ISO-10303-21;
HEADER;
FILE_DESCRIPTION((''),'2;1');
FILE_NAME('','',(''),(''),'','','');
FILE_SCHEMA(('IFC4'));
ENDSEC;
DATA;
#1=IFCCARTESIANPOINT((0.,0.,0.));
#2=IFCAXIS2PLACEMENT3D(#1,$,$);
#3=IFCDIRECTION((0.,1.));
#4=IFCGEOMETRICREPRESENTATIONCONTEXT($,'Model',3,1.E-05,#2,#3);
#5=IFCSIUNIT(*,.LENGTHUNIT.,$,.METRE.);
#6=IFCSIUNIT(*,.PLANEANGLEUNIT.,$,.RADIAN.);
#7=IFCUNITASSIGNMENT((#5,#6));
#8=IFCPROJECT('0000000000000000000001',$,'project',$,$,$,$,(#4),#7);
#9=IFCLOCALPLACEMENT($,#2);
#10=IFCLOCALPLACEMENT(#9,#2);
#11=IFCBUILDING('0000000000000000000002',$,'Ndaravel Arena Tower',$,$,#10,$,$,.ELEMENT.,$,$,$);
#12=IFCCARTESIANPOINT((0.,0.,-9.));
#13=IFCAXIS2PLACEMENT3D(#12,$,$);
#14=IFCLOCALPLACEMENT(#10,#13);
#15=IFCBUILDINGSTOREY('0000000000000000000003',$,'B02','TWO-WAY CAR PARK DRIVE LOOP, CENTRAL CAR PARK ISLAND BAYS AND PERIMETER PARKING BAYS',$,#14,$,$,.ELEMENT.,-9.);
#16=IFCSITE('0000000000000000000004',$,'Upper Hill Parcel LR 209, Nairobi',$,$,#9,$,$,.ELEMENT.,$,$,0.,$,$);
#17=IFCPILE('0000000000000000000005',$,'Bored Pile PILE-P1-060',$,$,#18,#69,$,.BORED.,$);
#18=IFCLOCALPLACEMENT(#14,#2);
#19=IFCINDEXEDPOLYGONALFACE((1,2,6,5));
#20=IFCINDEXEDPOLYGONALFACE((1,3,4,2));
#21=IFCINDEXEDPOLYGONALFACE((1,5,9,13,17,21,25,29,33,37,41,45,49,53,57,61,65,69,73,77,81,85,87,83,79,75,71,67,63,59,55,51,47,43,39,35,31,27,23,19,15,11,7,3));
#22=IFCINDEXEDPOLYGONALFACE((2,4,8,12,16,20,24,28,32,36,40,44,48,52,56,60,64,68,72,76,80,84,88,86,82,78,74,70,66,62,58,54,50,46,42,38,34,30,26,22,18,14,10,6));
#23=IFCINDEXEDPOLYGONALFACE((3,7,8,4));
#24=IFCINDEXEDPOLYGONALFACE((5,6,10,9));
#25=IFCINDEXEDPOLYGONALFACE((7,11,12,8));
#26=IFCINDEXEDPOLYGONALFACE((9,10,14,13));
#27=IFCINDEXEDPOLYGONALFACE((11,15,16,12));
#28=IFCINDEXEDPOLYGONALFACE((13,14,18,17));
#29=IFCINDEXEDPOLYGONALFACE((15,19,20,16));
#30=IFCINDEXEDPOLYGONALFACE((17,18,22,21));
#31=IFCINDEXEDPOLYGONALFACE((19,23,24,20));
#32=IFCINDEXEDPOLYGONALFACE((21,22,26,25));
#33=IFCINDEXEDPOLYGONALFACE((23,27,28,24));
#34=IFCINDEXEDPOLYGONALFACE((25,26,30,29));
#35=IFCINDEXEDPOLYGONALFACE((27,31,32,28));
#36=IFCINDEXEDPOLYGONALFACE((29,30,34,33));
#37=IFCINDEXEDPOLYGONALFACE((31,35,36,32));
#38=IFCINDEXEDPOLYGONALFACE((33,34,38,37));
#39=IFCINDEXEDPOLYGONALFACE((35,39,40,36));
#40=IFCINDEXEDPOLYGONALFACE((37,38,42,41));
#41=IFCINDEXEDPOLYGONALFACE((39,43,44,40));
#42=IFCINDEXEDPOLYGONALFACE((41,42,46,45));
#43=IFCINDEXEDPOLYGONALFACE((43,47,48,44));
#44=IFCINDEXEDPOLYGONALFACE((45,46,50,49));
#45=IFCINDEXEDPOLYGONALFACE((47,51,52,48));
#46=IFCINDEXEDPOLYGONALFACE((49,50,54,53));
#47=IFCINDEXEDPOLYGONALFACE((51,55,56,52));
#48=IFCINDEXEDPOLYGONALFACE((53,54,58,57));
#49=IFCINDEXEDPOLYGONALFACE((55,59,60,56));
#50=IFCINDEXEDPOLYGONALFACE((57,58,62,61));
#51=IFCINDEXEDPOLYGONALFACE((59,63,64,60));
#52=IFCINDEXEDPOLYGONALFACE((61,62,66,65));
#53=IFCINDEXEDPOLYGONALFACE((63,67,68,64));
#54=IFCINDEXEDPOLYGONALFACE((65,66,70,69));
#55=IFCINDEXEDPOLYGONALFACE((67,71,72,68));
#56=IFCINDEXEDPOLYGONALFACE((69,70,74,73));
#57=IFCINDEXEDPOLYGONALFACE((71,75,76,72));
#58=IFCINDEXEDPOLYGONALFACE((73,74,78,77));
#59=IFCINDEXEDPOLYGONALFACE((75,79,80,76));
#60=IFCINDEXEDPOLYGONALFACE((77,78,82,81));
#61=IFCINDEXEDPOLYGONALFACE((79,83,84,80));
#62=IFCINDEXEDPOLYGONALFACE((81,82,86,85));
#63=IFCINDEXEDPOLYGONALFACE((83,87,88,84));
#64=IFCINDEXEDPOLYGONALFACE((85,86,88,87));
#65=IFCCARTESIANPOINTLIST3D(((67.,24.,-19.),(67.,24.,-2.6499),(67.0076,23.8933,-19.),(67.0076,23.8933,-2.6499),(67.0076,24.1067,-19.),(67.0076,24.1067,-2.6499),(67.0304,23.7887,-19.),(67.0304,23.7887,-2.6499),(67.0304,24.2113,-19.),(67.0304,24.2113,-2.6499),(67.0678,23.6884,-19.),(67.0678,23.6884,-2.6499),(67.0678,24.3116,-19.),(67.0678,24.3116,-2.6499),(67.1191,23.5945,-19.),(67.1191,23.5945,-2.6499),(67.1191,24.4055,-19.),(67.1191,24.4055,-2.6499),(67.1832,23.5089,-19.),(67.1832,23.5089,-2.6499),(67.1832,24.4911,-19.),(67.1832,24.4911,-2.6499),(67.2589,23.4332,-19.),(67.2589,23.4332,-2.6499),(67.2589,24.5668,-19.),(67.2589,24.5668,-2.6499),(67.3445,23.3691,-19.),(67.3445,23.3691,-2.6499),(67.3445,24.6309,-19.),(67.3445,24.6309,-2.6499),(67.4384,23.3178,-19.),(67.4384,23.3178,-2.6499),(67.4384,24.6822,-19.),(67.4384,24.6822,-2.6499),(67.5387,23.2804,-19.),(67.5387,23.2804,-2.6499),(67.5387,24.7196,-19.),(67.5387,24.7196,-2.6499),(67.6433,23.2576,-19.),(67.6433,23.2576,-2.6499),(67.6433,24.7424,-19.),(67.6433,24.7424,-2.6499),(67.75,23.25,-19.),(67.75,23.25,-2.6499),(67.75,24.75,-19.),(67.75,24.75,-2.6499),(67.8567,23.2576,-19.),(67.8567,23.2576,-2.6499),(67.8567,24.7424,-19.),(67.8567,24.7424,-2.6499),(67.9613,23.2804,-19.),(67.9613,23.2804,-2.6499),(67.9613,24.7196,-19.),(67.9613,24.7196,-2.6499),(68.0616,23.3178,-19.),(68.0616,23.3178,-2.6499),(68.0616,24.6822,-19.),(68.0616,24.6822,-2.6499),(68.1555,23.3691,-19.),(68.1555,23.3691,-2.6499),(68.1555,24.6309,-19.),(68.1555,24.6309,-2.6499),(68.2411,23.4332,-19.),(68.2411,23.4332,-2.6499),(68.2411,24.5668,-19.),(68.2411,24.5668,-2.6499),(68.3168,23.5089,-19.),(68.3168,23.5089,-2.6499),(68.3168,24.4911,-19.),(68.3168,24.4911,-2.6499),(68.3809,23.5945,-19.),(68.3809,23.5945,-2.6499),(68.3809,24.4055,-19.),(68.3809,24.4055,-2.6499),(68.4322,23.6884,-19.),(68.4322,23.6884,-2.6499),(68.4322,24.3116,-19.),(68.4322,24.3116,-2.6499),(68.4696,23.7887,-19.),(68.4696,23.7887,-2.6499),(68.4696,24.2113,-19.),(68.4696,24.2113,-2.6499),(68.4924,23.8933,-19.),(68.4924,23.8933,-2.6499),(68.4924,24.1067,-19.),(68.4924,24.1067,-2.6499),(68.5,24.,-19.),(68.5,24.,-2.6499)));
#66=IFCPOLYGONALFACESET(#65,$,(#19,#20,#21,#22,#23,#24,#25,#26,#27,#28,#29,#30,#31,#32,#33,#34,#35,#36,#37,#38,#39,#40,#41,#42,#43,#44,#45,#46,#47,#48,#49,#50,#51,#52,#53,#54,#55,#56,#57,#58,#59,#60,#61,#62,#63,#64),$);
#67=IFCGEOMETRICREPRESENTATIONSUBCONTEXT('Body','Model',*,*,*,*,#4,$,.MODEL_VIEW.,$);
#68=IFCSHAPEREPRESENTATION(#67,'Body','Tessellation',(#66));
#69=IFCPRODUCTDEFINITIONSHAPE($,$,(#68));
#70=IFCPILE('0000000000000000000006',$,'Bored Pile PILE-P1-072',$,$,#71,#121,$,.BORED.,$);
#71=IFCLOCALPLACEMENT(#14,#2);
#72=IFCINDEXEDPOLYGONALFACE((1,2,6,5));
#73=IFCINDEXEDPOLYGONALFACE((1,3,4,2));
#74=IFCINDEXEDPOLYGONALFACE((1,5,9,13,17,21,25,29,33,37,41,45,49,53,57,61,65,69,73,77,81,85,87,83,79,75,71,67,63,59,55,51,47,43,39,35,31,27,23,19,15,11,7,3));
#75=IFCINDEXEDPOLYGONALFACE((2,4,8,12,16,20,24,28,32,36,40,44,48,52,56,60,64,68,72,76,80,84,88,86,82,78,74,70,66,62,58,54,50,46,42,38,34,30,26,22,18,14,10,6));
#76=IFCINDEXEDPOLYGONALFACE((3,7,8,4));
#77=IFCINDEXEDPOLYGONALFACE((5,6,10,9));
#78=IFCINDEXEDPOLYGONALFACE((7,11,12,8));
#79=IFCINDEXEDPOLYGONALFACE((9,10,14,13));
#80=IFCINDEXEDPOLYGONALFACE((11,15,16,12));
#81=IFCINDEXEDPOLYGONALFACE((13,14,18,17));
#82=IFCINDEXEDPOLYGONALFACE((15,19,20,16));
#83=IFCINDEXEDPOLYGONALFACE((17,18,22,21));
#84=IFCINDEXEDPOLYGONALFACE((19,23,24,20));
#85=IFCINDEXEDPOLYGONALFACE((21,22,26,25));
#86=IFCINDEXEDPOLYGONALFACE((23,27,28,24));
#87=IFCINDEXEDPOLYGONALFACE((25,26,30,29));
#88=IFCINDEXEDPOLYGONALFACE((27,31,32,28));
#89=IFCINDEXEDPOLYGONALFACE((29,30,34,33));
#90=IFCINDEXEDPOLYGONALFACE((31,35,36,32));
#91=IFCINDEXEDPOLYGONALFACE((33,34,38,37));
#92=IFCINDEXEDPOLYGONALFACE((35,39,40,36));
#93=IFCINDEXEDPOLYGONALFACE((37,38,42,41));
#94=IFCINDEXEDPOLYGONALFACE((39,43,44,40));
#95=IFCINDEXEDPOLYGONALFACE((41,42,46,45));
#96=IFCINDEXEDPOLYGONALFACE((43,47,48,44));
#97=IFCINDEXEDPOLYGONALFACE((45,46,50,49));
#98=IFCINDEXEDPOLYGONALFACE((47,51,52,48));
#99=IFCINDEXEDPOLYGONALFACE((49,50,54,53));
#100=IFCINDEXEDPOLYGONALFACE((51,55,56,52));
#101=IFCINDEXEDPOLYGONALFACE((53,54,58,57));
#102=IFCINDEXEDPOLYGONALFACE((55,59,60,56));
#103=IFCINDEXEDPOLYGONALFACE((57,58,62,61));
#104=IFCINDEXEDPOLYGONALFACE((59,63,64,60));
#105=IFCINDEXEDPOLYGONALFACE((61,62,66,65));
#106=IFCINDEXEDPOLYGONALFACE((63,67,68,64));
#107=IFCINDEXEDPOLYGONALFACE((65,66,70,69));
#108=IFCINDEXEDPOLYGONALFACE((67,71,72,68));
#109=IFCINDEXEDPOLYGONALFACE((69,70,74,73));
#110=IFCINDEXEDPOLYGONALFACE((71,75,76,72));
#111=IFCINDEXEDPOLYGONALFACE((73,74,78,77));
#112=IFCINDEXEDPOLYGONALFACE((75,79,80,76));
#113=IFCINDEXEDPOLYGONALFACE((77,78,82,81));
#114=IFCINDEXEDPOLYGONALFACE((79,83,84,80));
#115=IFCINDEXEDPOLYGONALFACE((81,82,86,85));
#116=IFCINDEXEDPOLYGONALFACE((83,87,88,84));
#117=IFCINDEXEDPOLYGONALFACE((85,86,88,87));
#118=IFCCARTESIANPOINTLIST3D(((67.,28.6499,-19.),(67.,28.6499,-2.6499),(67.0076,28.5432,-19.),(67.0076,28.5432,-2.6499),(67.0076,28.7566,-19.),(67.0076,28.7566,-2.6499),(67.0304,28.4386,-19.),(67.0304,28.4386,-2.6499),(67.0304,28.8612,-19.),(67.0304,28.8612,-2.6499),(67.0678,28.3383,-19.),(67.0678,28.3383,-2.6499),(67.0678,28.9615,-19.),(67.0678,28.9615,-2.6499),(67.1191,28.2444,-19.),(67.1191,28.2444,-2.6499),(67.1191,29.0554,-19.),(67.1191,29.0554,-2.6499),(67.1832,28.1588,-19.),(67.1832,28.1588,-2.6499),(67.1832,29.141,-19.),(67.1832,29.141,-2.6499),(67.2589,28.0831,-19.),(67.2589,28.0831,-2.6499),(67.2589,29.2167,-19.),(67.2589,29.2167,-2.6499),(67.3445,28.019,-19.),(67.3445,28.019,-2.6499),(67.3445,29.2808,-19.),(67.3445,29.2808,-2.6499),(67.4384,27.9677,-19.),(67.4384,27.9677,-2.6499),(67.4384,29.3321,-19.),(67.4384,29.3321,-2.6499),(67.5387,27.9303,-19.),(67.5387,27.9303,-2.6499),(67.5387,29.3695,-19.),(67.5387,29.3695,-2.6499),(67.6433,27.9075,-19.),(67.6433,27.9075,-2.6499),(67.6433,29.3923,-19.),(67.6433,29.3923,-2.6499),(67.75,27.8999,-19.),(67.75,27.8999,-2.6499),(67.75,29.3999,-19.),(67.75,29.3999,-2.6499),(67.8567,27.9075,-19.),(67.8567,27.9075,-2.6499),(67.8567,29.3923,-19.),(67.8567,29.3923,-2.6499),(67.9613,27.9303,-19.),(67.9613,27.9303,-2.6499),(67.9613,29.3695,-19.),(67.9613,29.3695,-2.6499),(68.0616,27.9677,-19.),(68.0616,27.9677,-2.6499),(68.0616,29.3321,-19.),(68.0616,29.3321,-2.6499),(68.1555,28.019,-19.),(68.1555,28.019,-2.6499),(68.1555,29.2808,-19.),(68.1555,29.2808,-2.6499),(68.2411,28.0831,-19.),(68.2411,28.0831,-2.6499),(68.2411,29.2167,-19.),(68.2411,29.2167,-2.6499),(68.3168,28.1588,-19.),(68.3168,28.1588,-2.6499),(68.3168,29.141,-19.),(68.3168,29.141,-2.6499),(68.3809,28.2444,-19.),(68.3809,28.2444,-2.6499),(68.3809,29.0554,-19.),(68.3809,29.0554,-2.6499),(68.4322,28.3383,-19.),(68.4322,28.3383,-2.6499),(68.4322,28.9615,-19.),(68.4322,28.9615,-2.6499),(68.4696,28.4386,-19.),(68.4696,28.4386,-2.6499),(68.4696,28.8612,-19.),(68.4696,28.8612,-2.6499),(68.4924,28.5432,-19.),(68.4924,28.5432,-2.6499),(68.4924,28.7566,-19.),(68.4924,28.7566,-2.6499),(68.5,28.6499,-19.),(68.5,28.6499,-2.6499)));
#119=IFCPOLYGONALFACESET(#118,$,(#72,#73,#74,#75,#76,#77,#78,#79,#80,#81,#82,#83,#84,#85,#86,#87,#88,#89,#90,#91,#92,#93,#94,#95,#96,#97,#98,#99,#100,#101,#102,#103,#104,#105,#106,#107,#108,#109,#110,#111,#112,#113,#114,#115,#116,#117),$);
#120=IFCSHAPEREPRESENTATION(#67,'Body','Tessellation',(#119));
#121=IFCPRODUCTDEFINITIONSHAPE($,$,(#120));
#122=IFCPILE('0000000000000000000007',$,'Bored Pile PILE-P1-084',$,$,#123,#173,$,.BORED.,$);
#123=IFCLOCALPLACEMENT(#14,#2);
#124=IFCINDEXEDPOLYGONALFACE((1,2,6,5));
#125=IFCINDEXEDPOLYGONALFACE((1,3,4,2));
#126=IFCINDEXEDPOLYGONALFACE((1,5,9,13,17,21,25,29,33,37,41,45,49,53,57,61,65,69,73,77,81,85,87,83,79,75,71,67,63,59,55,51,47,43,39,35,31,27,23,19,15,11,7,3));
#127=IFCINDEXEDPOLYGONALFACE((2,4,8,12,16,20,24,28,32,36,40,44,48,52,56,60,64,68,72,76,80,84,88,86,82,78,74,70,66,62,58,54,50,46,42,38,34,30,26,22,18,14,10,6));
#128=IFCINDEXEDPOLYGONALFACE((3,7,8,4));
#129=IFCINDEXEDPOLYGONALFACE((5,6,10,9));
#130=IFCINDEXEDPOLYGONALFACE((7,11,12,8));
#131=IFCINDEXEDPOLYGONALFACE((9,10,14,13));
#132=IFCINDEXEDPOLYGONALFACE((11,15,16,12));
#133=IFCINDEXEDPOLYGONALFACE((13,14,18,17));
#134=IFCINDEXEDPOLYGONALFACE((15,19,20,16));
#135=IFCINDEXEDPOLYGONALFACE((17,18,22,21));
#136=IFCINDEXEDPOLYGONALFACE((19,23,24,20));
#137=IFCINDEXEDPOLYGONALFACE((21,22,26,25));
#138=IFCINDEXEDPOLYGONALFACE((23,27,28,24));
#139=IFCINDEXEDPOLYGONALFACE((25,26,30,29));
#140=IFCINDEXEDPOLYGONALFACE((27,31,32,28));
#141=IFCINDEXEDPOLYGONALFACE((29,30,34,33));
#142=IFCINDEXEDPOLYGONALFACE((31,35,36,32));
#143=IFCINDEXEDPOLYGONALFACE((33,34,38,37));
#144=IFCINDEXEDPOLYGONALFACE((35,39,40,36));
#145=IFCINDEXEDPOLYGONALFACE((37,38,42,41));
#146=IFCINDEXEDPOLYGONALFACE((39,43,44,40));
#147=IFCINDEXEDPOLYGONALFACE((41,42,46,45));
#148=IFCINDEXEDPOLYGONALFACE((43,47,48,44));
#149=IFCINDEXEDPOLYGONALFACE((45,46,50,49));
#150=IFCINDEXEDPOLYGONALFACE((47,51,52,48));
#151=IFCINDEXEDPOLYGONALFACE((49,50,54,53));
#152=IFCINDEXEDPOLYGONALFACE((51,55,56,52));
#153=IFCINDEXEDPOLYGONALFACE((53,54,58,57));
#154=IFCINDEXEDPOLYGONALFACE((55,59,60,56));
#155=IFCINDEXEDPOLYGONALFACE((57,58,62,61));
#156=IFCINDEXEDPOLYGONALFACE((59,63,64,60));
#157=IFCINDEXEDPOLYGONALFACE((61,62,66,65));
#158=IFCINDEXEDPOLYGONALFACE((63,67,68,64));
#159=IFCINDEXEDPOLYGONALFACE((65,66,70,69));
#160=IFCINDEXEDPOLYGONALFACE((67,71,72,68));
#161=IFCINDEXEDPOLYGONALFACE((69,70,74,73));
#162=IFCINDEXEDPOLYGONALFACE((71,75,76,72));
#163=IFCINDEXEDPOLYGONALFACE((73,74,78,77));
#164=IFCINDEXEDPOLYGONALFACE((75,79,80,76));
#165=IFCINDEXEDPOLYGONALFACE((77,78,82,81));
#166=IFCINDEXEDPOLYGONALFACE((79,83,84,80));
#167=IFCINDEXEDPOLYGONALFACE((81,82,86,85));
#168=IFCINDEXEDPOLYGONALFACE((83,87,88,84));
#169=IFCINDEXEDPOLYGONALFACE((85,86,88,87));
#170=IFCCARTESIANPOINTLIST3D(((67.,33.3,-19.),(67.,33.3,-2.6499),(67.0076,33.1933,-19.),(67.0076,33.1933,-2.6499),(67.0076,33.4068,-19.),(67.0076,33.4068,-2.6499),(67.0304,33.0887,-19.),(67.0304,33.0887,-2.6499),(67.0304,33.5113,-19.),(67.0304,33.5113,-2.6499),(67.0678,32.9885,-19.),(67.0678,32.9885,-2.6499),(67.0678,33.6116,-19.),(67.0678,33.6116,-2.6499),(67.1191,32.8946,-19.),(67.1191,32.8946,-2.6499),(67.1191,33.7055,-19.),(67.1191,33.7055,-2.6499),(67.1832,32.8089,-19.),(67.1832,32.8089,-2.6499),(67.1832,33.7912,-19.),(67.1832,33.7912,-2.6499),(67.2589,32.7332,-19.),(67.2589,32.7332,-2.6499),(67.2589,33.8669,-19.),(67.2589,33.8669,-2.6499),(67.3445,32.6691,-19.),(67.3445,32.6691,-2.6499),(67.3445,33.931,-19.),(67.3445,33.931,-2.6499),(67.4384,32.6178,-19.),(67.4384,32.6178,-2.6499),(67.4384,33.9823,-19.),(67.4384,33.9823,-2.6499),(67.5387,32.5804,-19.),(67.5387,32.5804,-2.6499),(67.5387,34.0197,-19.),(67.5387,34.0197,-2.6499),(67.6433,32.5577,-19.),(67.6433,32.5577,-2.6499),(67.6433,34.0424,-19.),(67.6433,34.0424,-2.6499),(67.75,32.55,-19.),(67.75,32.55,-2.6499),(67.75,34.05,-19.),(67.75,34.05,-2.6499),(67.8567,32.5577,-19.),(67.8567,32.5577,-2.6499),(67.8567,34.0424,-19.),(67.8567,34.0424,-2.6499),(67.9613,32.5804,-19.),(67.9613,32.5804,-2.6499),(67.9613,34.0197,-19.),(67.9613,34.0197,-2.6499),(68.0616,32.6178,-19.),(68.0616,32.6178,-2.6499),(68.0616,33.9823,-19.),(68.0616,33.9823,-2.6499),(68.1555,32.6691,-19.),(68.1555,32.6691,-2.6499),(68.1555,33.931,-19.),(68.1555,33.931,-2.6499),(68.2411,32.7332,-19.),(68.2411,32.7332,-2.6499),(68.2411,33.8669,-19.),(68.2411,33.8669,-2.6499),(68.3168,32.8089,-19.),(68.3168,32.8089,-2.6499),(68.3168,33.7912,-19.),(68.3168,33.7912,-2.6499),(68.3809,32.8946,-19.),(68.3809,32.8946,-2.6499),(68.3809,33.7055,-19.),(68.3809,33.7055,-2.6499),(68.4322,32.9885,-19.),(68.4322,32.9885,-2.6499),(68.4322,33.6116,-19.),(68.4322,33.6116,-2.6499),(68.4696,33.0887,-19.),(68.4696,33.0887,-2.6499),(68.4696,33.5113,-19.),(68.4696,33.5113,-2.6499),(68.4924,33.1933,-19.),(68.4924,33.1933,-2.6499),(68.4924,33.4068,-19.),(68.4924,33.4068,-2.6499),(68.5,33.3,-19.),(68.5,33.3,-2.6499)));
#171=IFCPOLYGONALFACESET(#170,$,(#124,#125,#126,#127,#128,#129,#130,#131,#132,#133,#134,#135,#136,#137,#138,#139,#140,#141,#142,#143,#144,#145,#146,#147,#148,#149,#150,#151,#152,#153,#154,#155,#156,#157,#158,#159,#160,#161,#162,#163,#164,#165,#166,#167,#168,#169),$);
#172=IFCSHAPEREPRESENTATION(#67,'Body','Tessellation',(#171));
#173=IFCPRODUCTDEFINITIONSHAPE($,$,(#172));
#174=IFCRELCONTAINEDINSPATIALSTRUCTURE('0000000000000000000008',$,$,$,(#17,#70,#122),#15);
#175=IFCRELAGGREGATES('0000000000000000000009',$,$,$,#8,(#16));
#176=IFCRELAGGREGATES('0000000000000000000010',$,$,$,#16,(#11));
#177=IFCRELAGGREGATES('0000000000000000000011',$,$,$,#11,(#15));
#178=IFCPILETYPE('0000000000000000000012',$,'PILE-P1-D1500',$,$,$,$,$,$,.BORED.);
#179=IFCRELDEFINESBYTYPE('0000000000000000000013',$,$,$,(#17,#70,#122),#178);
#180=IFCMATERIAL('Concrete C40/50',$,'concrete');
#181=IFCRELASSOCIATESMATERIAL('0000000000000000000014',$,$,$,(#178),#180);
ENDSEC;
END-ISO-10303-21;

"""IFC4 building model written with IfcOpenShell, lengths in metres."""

from ifc_helpers import new_model, si_unit, direction, frame, origin, origin_2d, place, context, subcontext, project, spatial, circle, extrude, material, material_profile, profile_set, type_object, element, save


model = new_model("IFC4")

# Units and contexts
model_context = context("Model", 3, precision=1e-05, world=origin(), true_north=direction((0.0, 1.0)))
body_context = subcontext(model_context, "Body", "Model", "MODEL_VIEW")
ifc_project = project(units=[si_unit("LENGTHUNIT", "METRE"), si_unit("PLANEANGLEUNIT", "RADIAN")], contexts=[model_context])

# Site, building, storey
site_placement = place(None, origin())
site = spatial("IfcSite", under=ifc_project, at=site_placement, Name="Upper Hill Parcel LR 209, Nairobi", CompositionType="ELEMENT", RefElevation=0.0)
building_placement = place(site_placement, origin())
building = spatial("IfcBuilding", under=site, at=building_placement, Name="Ndaravel Arena Tower", CompositionType="ELEMENT")
storey_placement = place(building_placement, frame((0.0, 0.0, -9.0)))
storey = spatial("IfcBuildingStorey", under=building, at=storey_placement, Name="B02", Description="TWO-WAY CAR PARK DRIVE LOOP, CENTRAL CAR PARK ISLAND BAYS AND PERIMETER PARKING BAYS", CompositionType="ELEMENT", Elevation=-9.0)

# Piles
ifc_material_1 = material(Name="Concrete C40/50", Category="concrete")
ifc_material_profile_1 = material_profile(ifc_material_1, circle(Radius=0.75, at=origin_2d()), Name="BORED PILE D1500")
ifc_profile_set_1 = profile_set([ifc_material_profile_1], Name="Concrete C40/50")
pile_type_1 = type_object("IfcPileType", Name="PILE-P1-D1500", PredefinedType="BORED", material=ifc_profile_set_1)
for number, where, z_axis, x_axis, name in (
    (1, (67.75, 24.0, -2.6499), (0.0, 0.0, -1.0), (1.0, 0.0, 0.0), "Bored Pile PILE-P1-060"),
    (2, (67.75, 28.6499, -2.6499), (0.0, 0.0, -1.0), (1.0, 0.0, 0.0), "Bored Pile PILE-P1-072"),
    (3, (67.75, 33.3, -2.6499), (0.0, 0.0, -1.0), (1.0, 0.0, 0.0), "Bored Pile PILE-P1-084"),
):
    element("IfcPile", number, at=place(storey_placement, frame(where, z_axis=z_axis, x_axis=x_axis)), inside=storey, type_object=pile_type_1, Name=name, PredefinedType="BORED", context=body_context, shape_type="SweptSolid", body=[
        extrude(circle(Radius=0.75, at=origin_2d()), origin(), (0.0, 0.0, 1.0), 16.3501),
    ])

save(model, "model.ifc")
